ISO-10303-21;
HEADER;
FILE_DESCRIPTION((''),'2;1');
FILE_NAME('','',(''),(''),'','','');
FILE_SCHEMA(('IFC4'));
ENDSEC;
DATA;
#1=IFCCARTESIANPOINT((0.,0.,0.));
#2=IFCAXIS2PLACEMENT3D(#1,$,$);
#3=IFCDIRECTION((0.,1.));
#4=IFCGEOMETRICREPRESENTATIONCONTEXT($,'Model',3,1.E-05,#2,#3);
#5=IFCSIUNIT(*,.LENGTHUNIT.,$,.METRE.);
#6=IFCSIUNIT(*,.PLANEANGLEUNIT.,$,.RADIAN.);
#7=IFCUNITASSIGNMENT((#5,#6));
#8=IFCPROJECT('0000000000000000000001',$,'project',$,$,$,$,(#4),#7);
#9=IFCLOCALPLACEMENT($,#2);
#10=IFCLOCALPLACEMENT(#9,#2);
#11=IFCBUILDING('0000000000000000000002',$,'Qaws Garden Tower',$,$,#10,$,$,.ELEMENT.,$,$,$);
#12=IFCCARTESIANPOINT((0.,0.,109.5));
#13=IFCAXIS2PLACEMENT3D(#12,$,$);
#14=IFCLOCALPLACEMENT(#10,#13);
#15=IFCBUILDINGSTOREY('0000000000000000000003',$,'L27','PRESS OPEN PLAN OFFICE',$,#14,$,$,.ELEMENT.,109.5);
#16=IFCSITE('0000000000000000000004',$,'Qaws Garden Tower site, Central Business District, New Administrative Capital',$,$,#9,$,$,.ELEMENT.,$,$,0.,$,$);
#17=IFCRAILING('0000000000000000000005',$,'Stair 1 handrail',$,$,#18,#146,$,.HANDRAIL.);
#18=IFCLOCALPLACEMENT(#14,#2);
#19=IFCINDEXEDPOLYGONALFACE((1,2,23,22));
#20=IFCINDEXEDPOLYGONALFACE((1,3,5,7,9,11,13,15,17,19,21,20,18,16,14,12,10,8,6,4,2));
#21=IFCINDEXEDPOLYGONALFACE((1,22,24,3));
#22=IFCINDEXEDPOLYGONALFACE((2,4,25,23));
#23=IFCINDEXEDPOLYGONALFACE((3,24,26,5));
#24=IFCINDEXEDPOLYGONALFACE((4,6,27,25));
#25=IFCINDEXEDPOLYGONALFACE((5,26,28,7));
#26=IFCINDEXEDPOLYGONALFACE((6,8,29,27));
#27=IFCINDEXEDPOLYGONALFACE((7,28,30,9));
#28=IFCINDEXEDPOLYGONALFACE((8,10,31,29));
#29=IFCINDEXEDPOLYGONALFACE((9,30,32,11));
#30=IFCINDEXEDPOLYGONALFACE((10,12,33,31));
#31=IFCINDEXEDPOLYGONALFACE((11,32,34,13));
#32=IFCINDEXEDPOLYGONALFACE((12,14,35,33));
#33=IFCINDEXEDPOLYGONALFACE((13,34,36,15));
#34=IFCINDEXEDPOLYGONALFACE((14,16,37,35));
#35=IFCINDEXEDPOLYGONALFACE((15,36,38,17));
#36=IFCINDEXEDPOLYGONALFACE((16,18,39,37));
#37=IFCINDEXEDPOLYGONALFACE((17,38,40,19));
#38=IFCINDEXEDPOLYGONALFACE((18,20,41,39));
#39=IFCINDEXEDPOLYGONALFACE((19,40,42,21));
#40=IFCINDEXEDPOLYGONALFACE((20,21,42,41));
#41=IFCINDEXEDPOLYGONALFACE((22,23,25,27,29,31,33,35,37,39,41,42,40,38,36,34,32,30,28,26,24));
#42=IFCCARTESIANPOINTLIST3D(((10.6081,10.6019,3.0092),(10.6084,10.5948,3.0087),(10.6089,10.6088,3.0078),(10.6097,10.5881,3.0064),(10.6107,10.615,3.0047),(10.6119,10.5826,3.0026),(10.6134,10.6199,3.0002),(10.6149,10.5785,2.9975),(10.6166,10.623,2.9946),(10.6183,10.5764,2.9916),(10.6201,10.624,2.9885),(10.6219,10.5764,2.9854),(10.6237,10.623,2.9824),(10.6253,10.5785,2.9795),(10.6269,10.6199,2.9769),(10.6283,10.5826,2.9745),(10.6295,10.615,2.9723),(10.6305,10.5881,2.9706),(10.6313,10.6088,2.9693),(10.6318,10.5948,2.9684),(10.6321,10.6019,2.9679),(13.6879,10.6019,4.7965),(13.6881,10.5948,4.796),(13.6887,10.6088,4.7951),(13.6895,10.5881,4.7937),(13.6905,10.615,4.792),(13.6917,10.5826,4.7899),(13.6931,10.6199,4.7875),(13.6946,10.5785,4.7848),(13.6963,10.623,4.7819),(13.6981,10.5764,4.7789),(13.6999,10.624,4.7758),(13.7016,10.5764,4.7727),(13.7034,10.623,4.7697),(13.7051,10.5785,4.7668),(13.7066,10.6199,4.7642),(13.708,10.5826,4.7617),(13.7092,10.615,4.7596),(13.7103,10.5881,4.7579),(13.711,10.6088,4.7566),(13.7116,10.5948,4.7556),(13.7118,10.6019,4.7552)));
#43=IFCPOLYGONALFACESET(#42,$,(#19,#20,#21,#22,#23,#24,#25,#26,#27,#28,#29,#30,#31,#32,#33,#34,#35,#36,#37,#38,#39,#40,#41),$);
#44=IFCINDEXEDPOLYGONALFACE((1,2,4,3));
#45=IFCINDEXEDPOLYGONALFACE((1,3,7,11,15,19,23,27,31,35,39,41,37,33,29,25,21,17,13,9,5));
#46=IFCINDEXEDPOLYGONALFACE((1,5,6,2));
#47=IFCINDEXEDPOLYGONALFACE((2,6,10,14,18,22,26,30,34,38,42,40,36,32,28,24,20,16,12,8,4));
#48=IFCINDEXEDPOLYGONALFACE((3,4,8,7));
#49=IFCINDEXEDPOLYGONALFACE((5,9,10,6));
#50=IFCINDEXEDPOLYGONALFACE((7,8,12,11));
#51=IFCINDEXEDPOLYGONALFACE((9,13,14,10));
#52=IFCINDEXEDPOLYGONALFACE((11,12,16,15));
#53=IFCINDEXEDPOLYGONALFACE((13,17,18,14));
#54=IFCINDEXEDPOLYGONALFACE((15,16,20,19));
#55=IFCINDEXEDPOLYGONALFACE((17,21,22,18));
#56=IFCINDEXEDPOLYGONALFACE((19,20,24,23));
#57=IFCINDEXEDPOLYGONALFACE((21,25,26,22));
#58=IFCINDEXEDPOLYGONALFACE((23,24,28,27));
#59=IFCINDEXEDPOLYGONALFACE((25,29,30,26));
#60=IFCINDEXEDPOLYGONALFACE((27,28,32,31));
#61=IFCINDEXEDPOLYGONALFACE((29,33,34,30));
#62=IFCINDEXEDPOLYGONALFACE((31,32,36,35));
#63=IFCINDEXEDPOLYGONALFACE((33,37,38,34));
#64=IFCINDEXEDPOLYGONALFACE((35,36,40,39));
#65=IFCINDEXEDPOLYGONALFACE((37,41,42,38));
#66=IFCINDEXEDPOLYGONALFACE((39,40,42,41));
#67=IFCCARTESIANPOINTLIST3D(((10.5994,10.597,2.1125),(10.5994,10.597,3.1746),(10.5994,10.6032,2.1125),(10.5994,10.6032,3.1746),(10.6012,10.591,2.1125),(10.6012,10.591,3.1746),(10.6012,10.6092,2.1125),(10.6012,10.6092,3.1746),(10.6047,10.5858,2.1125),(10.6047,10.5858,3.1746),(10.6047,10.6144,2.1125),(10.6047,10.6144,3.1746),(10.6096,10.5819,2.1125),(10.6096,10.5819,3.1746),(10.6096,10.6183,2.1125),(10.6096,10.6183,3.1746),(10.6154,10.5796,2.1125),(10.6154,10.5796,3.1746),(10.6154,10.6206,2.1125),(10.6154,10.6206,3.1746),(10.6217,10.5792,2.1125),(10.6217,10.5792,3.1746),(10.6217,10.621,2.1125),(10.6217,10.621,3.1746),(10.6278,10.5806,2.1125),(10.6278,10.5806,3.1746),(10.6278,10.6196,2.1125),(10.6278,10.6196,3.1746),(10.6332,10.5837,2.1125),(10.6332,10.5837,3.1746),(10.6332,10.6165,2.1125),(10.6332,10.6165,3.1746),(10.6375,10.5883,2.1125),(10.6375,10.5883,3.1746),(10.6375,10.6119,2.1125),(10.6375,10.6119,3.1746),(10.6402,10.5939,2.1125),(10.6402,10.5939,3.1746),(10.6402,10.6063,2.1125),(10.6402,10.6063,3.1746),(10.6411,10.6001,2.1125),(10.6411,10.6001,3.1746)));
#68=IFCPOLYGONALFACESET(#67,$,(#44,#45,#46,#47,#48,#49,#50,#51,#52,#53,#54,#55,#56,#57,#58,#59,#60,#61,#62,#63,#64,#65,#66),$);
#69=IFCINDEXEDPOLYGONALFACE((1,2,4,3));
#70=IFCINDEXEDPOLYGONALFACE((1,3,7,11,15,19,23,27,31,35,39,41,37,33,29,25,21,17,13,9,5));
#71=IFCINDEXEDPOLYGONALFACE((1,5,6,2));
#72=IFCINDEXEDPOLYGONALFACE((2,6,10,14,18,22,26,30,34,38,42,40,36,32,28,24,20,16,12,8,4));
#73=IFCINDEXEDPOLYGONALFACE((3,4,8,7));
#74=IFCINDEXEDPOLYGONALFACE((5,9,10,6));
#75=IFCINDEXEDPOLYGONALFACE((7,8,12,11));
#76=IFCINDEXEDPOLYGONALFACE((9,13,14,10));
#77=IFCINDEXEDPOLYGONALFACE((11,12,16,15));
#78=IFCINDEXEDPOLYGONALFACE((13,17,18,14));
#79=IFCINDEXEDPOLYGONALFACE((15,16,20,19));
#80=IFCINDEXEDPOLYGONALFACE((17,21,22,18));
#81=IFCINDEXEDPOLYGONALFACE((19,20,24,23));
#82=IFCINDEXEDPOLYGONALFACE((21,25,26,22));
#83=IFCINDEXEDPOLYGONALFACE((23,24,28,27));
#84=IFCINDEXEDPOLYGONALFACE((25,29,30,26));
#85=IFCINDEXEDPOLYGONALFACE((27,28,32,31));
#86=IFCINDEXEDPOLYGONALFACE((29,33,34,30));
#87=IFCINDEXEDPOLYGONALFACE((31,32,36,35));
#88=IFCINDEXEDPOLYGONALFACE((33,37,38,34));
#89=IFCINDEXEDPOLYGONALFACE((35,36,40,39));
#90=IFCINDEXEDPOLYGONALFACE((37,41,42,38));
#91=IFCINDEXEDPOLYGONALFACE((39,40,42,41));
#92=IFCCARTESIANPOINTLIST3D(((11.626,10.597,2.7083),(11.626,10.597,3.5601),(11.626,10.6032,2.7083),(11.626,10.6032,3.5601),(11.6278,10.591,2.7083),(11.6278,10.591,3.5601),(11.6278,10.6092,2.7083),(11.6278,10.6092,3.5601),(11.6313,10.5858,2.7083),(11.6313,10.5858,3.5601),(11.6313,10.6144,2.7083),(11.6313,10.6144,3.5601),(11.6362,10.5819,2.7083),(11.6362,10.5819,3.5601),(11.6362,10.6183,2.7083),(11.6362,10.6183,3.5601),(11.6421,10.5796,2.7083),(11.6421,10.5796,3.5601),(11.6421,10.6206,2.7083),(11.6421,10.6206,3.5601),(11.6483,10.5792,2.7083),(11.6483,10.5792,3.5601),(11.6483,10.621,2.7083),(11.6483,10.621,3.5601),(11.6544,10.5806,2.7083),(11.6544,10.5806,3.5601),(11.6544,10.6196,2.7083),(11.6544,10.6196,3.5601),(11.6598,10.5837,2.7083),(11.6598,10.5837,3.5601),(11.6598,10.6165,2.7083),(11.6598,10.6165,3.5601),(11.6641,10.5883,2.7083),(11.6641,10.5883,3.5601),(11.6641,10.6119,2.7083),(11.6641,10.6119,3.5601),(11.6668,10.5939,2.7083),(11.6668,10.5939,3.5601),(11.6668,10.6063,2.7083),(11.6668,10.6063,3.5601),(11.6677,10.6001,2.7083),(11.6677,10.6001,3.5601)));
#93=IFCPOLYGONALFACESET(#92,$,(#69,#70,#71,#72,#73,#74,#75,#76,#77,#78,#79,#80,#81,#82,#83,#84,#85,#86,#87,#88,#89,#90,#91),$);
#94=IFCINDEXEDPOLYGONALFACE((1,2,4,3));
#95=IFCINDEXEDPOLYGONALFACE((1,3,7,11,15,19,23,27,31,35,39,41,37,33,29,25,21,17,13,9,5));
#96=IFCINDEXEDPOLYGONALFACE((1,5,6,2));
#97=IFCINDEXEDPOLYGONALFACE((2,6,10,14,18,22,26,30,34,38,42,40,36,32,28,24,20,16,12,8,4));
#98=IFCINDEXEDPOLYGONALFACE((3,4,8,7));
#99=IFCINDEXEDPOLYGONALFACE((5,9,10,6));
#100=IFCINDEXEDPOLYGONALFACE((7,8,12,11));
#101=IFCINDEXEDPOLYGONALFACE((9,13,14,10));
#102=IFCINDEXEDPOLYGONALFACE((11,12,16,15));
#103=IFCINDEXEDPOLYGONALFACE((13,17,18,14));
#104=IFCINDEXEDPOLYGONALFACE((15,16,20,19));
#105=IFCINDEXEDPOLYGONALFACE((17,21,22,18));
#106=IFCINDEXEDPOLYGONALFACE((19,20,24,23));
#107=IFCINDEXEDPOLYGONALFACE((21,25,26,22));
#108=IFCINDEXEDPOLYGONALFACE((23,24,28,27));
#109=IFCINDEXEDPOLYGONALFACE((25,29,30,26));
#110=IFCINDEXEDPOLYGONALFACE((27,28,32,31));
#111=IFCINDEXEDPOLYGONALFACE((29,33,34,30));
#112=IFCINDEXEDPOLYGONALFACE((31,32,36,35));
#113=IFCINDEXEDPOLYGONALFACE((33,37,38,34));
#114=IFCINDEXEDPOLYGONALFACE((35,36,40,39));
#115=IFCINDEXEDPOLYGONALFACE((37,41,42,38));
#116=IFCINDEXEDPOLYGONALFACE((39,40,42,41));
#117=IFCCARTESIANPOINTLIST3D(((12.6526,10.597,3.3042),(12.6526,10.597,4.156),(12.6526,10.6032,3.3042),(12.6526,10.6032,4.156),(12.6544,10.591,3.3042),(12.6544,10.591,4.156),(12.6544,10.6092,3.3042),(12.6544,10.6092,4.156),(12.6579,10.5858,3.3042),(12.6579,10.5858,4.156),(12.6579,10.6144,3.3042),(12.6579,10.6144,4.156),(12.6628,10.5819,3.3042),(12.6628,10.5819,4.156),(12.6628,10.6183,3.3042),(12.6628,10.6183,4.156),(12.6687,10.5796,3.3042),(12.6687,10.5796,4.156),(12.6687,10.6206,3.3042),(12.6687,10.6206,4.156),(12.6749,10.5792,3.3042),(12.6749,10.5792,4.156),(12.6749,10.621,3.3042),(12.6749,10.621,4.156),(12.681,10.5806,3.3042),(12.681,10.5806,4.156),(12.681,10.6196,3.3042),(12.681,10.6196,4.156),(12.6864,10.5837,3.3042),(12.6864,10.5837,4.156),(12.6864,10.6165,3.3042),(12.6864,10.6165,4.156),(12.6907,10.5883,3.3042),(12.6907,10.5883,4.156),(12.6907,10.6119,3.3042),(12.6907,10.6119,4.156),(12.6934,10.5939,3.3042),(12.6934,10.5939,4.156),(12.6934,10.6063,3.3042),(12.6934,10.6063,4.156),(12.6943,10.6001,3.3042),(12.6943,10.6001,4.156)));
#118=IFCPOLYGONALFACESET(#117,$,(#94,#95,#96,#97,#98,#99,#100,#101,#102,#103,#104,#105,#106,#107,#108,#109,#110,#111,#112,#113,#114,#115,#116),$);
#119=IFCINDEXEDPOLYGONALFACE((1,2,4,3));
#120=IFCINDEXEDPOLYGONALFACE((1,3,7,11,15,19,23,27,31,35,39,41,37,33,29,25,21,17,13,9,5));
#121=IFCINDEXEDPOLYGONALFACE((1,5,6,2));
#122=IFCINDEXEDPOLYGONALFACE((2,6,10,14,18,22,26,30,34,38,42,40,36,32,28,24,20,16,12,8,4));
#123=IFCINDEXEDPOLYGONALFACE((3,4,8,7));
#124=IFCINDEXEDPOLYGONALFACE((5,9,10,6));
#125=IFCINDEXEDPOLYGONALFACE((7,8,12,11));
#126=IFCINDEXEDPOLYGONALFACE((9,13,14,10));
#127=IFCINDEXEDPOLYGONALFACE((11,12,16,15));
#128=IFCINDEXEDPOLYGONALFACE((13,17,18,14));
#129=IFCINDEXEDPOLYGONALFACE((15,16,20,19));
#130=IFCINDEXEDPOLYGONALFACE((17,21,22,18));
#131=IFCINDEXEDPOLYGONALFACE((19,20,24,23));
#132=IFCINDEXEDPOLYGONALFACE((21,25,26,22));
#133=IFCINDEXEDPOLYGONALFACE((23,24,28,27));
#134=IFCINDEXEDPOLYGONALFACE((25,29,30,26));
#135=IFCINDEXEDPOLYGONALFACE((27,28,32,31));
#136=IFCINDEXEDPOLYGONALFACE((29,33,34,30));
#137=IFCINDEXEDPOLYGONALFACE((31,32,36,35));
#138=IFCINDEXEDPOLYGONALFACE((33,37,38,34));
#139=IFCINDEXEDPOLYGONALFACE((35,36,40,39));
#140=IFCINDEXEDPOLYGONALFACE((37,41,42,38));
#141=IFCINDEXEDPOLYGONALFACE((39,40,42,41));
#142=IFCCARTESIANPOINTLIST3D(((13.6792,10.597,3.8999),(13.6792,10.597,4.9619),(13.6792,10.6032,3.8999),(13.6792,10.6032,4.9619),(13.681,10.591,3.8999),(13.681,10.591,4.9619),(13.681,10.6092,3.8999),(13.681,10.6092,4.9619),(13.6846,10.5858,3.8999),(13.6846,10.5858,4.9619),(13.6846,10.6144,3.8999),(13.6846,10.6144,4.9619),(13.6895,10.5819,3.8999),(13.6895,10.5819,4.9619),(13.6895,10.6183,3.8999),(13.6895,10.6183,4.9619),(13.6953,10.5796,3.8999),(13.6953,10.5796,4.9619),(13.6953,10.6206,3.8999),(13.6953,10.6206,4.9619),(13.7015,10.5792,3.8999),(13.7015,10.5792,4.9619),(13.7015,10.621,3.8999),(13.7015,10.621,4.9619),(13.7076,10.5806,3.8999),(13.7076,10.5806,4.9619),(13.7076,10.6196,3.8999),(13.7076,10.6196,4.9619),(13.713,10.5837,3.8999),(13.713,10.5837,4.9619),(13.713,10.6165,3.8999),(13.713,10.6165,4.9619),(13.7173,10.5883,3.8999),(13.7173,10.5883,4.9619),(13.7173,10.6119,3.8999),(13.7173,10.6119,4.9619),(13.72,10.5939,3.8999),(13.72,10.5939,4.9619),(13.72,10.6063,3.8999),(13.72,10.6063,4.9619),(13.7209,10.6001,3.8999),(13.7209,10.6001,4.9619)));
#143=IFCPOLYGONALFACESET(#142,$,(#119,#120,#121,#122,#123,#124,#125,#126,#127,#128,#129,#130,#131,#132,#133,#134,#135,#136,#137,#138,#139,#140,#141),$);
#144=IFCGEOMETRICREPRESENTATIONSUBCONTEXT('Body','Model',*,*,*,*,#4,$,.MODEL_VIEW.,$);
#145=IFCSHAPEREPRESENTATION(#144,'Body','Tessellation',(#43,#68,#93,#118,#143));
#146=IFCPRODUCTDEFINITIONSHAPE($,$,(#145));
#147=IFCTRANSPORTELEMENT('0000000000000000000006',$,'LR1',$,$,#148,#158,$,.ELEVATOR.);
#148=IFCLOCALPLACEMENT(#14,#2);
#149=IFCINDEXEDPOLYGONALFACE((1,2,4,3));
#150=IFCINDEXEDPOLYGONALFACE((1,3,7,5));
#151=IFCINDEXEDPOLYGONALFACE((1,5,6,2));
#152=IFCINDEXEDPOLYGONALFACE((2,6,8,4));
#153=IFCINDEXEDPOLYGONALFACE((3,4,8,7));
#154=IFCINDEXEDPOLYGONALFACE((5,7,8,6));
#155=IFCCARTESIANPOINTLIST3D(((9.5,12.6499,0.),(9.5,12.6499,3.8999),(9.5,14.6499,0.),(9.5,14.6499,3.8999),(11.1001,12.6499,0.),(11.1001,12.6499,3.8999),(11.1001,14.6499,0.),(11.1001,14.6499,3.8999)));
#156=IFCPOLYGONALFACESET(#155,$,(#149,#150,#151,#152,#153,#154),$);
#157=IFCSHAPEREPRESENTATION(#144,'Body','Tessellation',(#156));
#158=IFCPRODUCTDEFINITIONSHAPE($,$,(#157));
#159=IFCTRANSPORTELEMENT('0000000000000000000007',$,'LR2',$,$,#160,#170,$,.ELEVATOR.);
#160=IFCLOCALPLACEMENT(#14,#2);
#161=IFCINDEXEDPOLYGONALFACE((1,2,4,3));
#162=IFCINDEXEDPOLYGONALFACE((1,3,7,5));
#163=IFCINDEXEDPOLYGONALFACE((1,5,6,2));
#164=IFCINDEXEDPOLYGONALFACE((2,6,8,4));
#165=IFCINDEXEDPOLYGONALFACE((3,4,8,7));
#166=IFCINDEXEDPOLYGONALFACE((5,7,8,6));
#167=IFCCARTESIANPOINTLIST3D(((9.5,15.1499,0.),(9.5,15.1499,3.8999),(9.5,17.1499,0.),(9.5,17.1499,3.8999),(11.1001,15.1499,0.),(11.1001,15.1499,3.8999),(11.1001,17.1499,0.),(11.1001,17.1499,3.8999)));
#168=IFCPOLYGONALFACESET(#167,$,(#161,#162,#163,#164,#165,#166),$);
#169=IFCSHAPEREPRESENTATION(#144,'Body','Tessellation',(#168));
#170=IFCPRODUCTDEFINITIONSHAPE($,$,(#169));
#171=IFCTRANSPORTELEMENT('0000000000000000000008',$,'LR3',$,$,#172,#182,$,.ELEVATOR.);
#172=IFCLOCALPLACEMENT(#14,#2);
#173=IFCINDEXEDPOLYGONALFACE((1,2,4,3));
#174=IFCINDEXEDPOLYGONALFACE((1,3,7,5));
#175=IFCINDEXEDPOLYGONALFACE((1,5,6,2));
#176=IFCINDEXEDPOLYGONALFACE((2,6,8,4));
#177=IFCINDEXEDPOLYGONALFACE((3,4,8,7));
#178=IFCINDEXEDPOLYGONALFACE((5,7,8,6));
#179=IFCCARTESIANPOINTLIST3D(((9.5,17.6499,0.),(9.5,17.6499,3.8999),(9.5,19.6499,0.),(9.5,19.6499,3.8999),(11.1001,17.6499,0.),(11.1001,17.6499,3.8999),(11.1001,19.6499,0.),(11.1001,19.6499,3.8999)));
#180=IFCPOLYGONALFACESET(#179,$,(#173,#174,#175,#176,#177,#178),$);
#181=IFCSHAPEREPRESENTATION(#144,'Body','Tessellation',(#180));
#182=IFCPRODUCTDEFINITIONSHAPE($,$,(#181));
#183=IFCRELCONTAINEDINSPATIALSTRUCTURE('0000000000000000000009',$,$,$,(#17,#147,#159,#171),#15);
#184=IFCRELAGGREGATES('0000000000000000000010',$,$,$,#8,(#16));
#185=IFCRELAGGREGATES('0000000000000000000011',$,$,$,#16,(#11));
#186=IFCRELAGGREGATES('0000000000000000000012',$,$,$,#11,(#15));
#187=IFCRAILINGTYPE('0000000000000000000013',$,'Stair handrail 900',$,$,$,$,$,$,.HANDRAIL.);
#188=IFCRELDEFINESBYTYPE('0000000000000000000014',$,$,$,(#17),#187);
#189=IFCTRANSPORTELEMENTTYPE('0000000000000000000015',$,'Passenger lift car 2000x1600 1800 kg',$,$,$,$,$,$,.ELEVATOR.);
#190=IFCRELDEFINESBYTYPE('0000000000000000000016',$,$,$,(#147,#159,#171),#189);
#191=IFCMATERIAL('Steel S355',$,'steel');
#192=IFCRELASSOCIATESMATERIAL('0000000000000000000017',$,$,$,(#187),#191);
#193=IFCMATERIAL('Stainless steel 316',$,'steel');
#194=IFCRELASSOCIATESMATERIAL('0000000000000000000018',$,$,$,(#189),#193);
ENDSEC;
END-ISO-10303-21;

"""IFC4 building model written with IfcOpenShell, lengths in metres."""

from ifc_helpers import new_model, si_unit, direction, frame, origin, origin_2d, place, context, subcontext, project, spatial, rectangle, circle, extrude, material, type_object, element, save


model = new_model("IFC4")

# Units and contexts
model_context = context("Model", 3, precision=1e-05, world=origin(), true_north=direction((0.0, 1.0)))
body_context = subcontext(model_context, "Body", "Model", "MODEL_VIEW")
ifc_project = project(units=[si_unit("LENGTHUNIT", "METRE"), si_unit("PLANEANGLEUNIT", "RADIAN")], contexts=[model_context])

# Site, building, storey
site_placement = place(None, origin())
site = spatial("IfcSite", under=ifc_project, at=site_placement, Name="Qaws Garden Tower site, Central Business District, New Administrative Capital", CompositionType="ELEMENT", RefElevation=0.0)
building_placement = place(site_placement, origin())
building = spatial("IfcBuilding", under=site, at=building_placement, Name="Qaws Garden Tower", CompositionType="ELEMENT")
storey_placement = place(building_placement, frame((0.0, 0.0, 109.5)))
storey = spatial("IfcBuildingStorey", under=building, at=storey_placement, Name="L27", Description="PRESS OPEN PLAN OFFICE", CompositionType="ELEMENT", Elevation=109.5)

# Railing
ifc_material_1 = material(Name="Steel S355", Category="steel")
railing_type = type_object("IfcRailingType", Name="Stair handrail 900", PredefinedType="HANDRAIL", material=ifc_material_1)
railing_1_placement = place(storey_placement, frame((10.6201, 10.6001, 2.1125)))
element("IfcRailing", 1, at=railing_1_placement, inside=storey, type_object=railing_type, Name="Stair 1 handrail", PredefinedType="HANDRAIL", context=body_context, shape_type="SweptSolid", body=[
    extrude(circle(Radius=0.0239, at=origin_2d()), frame((0.0, 0.0, 0.876), z_axis=(0.864903, 0.0, 0.501939), x_axis=(0.0, 1.0, 0.0)), (0.0, 0.0, 1.0), 3.5608),
    extrude(circle(Radius=0.021, at=origin_2d()), origin(), (0.0, 0.0, 1.0), 1.062),
    extrude(circle(Radius=0.021, at=origin_2d()), frame((1.0266, 0.0, 0.5957)), (0.0, 0.0, 1.0), 0.8518),
    extrude(circle(Radius=0.021, at=origin_2d()), frame((2.0532, 0.0, 1.1917)), (0.0, 0.0, 1.0), 0.8518),
    extrude(circle(Radius=0.021, at=origin_2d()), frame((3.0798, 0.0, 1.7874)), (0.0, 0.0, 1.0), 1.062),
])

# Transport elements
ifc_material_2 = material(Name="Stainless steel 316", Category="steel")
transport_element_type = type_object("IfcTransportElementType", Name="Passenger lift car 2000x1600 1800 kg", PredefinedType="ELEVATOR", material=ifc_material_2)
for number, where, z_axis, x_axis, name in (
    (2, (10.3, 13.6499, 0.0), (0.0, 0.0, 1.0), (1.0, 0.0, 0.0), "LR1"),
    (3, (10.3, 16.1499, 0.0), (0.0, 0.0, 1.0), (1.0, 0.0, 0.0), "LR2"),
    (4, (10.3, 18.6499, 0.0), (0.0, 0.0, 1.0), (1.0, 0.0, 0.0), "LR3"),
):
    element("IfcTransportElement", number, at=place(storey_placement, frame(where, z_axis=z_axis, x_axis=x_axis)), inside=storey, type_object=transport_element_type, Name=name, PredefinedType="ELEVATOR", context=body_context, shape_type="SweptSolid", body=[
        extrude(rectangle(XDim=1.6001, YDim=2.0, at=origin_2d()), origin(), (0.0, 0.0, 1.0), 3.8999),
    ])

save(model, "model.ifc")
